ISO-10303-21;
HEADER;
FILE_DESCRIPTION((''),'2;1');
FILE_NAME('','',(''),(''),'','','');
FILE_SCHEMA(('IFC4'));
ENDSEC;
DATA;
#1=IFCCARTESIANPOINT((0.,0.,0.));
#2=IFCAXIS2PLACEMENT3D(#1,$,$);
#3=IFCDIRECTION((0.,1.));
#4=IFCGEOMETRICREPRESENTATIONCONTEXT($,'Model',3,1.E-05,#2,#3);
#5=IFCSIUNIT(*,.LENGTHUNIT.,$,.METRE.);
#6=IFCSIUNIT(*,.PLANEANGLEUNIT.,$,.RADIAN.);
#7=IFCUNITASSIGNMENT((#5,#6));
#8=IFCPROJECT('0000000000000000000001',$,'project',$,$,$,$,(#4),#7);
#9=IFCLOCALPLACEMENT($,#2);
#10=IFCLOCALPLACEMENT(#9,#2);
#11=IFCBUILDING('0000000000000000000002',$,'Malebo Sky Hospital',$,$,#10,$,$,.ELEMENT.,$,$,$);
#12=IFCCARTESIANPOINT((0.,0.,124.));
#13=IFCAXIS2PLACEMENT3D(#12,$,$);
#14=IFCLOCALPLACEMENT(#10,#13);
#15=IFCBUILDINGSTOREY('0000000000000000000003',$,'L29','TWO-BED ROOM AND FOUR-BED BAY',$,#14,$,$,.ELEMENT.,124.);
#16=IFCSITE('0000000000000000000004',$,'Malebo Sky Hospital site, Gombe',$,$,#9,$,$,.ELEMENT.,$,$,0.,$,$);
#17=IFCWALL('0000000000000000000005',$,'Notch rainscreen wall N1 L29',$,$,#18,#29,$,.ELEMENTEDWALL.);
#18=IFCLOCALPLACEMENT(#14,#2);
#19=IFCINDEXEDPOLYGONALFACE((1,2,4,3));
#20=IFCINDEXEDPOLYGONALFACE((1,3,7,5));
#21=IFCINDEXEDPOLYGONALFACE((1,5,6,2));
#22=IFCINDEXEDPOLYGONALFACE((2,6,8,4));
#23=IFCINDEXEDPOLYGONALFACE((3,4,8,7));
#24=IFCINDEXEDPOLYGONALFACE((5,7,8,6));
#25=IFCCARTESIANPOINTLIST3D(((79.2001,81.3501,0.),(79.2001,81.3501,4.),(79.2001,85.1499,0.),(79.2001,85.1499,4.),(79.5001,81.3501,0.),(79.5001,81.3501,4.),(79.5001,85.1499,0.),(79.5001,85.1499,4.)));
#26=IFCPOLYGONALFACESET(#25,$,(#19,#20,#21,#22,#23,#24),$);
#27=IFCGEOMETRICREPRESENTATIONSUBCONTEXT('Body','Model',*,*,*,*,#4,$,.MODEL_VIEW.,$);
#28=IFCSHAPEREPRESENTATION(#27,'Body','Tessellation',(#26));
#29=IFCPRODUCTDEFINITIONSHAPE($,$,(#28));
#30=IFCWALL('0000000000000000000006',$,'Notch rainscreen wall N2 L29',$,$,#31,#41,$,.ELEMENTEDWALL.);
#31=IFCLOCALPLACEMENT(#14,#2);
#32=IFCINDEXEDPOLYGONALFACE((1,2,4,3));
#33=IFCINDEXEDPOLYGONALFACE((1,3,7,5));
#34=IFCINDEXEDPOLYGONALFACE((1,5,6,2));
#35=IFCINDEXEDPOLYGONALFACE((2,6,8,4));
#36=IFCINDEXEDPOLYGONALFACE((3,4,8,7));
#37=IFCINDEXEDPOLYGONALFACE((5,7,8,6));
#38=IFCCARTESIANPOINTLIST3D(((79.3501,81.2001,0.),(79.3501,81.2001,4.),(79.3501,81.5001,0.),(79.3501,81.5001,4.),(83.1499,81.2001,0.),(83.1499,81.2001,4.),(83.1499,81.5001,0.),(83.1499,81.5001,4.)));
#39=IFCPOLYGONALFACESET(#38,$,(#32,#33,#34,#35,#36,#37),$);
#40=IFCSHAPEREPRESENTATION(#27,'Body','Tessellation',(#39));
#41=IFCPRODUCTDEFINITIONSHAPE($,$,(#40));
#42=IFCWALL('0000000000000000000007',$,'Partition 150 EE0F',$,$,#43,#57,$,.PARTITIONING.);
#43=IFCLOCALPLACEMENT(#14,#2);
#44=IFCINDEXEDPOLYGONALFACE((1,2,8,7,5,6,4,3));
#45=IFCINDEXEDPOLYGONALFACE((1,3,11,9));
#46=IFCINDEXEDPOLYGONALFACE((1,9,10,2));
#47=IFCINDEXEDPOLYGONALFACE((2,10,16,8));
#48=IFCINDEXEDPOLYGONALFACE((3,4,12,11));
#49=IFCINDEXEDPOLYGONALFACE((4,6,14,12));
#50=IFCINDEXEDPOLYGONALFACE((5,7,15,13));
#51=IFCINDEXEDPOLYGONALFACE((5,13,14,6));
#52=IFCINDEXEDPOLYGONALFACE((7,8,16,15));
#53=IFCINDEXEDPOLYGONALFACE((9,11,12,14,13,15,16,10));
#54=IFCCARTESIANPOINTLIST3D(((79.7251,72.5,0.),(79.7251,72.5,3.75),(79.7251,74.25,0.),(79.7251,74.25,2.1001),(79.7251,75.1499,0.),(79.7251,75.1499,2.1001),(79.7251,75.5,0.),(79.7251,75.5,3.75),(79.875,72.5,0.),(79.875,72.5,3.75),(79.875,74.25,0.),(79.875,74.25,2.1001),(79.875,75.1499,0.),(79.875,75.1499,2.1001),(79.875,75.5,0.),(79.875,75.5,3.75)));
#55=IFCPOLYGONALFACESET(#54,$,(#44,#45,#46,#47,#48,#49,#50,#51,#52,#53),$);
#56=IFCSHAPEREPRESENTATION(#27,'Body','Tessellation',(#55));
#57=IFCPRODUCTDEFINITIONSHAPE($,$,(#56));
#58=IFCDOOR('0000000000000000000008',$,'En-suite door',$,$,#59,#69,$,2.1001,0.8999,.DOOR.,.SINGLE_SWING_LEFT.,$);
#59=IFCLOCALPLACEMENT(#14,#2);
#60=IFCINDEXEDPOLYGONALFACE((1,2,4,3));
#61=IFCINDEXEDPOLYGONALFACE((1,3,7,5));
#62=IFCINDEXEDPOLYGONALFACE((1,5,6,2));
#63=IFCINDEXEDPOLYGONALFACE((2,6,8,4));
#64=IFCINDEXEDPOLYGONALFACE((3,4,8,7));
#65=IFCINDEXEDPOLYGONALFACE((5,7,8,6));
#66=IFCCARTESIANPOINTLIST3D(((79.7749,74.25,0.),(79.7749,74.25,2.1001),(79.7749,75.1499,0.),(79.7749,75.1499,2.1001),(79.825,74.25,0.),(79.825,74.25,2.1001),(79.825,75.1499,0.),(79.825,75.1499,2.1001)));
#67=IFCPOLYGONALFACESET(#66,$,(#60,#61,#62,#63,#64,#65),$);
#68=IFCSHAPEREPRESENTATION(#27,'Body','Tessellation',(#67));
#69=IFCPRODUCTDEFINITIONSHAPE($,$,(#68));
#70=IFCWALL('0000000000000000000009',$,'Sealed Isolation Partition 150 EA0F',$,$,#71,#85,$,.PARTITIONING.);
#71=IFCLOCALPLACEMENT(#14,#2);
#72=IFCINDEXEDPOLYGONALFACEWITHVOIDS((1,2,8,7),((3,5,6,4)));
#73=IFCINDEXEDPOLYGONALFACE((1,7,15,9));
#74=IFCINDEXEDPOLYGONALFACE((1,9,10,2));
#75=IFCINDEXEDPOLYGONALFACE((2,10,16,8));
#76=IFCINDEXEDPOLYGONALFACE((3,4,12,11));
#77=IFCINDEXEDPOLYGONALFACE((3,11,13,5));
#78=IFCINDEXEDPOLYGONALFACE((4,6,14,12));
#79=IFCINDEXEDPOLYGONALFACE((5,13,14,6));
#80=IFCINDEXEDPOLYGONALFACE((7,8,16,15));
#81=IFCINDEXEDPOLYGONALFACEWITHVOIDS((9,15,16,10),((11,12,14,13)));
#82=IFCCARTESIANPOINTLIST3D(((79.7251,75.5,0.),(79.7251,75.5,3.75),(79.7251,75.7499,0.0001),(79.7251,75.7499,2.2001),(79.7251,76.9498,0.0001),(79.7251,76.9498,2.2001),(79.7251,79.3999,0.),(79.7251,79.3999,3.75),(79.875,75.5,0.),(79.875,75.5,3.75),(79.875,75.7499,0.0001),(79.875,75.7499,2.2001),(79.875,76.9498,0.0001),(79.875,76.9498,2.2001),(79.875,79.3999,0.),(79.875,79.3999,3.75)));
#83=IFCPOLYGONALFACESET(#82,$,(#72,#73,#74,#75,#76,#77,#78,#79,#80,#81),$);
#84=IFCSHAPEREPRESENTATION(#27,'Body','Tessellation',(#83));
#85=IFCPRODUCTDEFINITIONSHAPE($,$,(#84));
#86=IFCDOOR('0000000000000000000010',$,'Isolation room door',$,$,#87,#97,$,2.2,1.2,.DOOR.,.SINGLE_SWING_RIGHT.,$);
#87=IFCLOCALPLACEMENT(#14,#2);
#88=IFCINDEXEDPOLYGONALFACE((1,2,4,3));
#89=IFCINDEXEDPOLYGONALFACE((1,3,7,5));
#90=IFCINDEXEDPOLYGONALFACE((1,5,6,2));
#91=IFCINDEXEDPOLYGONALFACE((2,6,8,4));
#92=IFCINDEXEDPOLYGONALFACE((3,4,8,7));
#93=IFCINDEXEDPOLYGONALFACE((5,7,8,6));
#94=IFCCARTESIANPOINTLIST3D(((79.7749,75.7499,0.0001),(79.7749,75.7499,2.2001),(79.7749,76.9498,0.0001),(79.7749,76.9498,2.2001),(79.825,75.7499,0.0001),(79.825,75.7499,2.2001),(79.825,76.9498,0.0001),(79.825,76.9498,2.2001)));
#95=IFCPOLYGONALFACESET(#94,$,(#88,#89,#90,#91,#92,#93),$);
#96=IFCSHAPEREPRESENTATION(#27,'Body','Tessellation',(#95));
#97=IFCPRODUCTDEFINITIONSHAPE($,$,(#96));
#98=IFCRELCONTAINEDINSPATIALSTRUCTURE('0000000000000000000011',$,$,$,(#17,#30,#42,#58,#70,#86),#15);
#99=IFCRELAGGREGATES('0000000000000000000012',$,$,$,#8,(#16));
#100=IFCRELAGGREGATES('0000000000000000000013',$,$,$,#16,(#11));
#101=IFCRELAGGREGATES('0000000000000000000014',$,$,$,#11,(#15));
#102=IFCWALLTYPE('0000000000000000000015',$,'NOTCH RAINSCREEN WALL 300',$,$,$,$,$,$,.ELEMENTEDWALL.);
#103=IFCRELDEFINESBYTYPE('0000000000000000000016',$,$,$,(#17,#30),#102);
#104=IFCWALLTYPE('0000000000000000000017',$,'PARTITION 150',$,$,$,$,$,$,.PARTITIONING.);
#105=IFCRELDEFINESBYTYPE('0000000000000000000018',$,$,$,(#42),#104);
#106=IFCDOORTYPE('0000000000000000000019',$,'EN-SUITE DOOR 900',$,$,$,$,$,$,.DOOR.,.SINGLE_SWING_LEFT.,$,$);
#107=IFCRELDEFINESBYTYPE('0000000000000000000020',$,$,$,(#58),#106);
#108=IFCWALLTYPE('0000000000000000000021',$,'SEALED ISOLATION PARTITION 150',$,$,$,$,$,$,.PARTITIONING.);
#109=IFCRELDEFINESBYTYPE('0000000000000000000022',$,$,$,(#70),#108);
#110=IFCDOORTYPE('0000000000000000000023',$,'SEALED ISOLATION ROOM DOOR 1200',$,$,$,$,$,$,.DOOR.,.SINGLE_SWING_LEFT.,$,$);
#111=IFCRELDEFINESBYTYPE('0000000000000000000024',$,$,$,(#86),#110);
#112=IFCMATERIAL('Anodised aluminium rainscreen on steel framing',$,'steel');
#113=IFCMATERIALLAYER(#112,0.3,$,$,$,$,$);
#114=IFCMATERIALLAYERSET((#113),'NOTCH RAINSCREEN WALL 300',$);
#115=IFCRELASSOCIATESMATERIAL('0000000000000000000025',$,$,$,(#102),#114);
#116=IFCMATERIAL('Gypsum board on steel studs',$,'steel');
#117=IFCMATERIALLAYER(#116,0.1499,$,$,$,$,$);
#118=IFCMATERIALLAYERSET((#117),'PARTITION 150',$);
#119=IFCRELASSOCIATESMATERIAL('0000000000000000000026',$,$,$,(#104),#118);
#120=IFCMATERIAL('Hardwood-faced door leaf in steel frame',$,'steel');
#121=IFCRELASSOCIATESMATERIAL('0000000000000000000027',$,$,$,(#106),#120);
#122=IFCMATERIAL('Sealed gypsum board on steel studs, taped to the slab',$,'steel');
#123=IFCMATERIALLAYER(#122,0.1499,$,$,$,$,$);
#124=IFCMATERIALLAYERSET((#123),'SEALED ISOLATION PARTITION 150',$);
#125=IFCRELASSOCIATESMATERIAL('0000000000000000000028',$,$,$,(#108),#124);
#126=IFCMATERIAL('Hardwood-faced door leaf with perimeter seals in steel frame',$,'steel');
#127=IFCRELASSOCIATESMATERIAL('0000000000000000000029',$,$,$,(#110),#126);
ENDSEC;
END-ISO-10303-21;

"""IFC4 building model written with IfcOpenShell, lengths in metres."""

from ifc_helpers import new_model, si_unit, direction, frame, frame_2d, origin, place, context, subcontext, project, spatial, rectangle, extrude, material, layer, layer_set, type_object, element, fill, save


model = new_model("IFC4")

# Units and contexts
model_context = context("Model", 3, precision=1e-05, world=origin(), true_north=direction((0.0, 1.0)))
body_context = subcontext(model_context, "Body", "Model", "MODEL_VIEW")
ifc_project = project(units=[si_unit("LENGTHUNIT", "METRE"), si_unit("PLANEANGLEUNIT", "RADIAN")], contexts=[model_context])

# Site, building, storey
site_placement = place(None, origin())
site = spatial("IfcSite", under=ifc_project, at=site_placement, Name="Malebo Sky Hospital site, Gombe", CompositionType="ELEMENT", RefElevation=0.0)
building_placement = place(site_placement, origin())
building = spatial("IfcBuilding", under=site, at=building_placement, Name="Malebo Sky Hospital", CompositionType="ELEMENT")
storey_placement = place(building_placement, frame((0.0, 0.0, 124.0)))
storey = spatial("IfcBuildingStorey", under=building, at=storey_placement, Name="L29", Description="TWO-BED ROOM AND FOUR-BED BAY", CompositionType="ELEMENT", Elevation=124.0)

# Walls
ifc_material_1 = material(Name="Anodised aluminium rainscreen on steel framing", Category="steel")
ifc_layer_1 = layer(ifc_material_1, 0.3)
ifc_layer_set_1 = layer_set([ifc_layer_1], Name="NOTCH RAINSCREEN WALL 300")
wall_type_1 = type_object("IfcWallType", Name="NOTCH RAINSCREEN WALL 300", PredefinedType="ELEMENTEDWALL", material=ifc_layer_set_1)
for number, where, z_axis, x_axis, name in (
    (1, (79.3501, 85.1499, 0.0), (0.0, 0.0, 1.0), (0.0, -1.0, 0.0), "Notch rainscreen wall N1 L29"),
    (2, (79.3501, 81.3501, 0.0), (0.0, 0.0, 1.0), (1.0, 0.0, 0.0), "Notch rainscreen wall N2 L29"),
):
    element("IfcWall", number, at=place(storey_placement, frame(where, z_axis=z_axis, x_axis=x_axis)), inside=storey, type_object=wall_type_1, Name=name, PredefinedType="ELEMENTEDWALL", context=body_context, shape_type="SweptSolid", body=[
        extrude(rectangle(XDim=3.7998, YDim=0.3, at=frame_2d((1.8999, 0.0))), origin(), (0.0, 0.0, 1.0), 4.0),
    ])

# Walls, openings, doors
ifc_material_2 = material(Name="Gypsum board on steel studs", Category="steel")
ifc_layer_2 = layer(ifc_material_2, 0.1499)
ifc_layer_set_2 = layer_set([ifc_layer_2], Name="PARTITION 150")
wall_type_2 = type_object("IfcWallType", Name="PARTITION 150", PredefinedType="PARTITIONING", material=ifc_layer_set_2)
wall_1_placement = place(storey_placement, frame((79.8, 75.5, 0.0), z_axis=(0.0, 0.0, 1.0), x_axis=(0.0, -1.0, 0.0)))
wall_1 = element("IfcWall", 3, at=wall_1_placement, inside=storey, type_object=wall_type_2, Name="Partition 150 EE0F", PredefinedType="PARTITIONING", context=body_context, shape_type="SweptSolid", body=[
    extrude(rectangle(XDim=3.0, YDim=0.1499, at=frame_2d((1.5, 0.0))), origin(), (0.0, 0.0, 1.0), 3.75),
])
opening_1_placement = place(wall_1_placement, frame((0.3501, 0.0, 0.0)))
opening_1 = element("IfcOpeningElement", 4, at=opening_1_placement, cuts=wall_1, PredefinedType="OPENING", context=body_context, shape_type="SweptSolid", body=[
    extrude(rectangle(XDim=0.8999, YDim=2.1001, at=frame_2d((0.45, 1.05))), frame((0.0, 0.085, 0.0), z_axis=(0.0, -1.0, 0.0), x_axis=(1.0, 0.0, 0.0)), (0.0, 0.0, 1.0), 0.1699),
])
ifc_material_3 = material(Name="Hardwood-faced door leaf in steel frame", Category="steel")
door_type_1 = type_object("IfcDoorType", Name="EN-SUITE DOOR 900", OperationType="SINGLE_SWING_LEFT", PredefinedType="DOOR", material=ifc_material_3)
door_1_placement = place(opening_1_placement, origin())
door_1 = element("IfcDoor", 5, at=door_1_placement, inside=storey, type_object=door_type_1, Name="En-suite door", OperationType="SINGLE_SWING_LEFT", OverallHeight=2.1001, OverallWidth=0.8999, PredefinedType="DOOR", context=body_context, shape_type="SweptSolid", body=[
    extrude(rectangle(XDim=0.8999, YDim=2.1001, at=frame_2d((0.45, 1.05))), frame((0.0, 0.0249, 0.0), z_axis=(0.0, -1.0, 0.0), x_axis=(1.0, 0.0, 0.0)), (0.0, 0.0, 1.0), 0.05),
])
fill(opening_1, door_1)
ifc_material_4 = material(Name="Sealed gypsum board on steel studs, taped to the slab", Category="steel")
ifc_layer_3 = layer(ifc_material_4, 0.1499)
ifc_layer_set_3 = layer_set([ifc_layer_3], Name="SEALED ISOLATION PARTITION 150")
wall_type_3 = type_object("IfcWallType", Name="SEALED ISOLATION PARTITION 150", PredefinedType="PARTITIONING", material=ifc_layer_set_3)
wall_2_placement = place(storey_placement, frame((79.8, 79.3999, 0.0), z_axis=(0.0, 0.0, 1.0), x_axis=(0.0, -1.0, 0.0)))
wall_2 = element("IfcWall", 6, at=wall_2_placement, inside=storey, type_object=wall_type_3, Name="Sealed Isolation Partition 150 EA0F", PredefinedType="PARTITIONING", context=body_context, shape_type="SweptSolid", body=[
    extrude(rectangle(XDim=3.8999, YDim=0.1499, at=frame_2d((1.95, 0.0))), origin(), (0.0, 0.0, 1.0), 3.75),
])
opening_2_placement = place(wall_2_placement, frame((2.45, 0.0, 0.0)))
opening_2 = element("IfcOpeningElement", 7, at=opening_2_placement, cuts=wall_2, PredefinedType="OPENING", context=body_context, shape_type="SweptSolid", body=[
    extrude(rectangle(XDim=1.2, YDim=2.2, at=frame_2d((0.6001, 1.1001))), frame((0.0, 0.085, 0.0), z_axis=(0.0, -1.0, 0.0), x_axis=(1.0, 0.0, 0.0)), (0.0, 0.0, 1.0), 0.1699),
])
ifc_material_5 = material(Name="Hardwood-faced door leaf with perimeter seals in steel frame", Category="steel")
door_type_2 = type_object("IfcDoorType", Name="SEALED ISOLATION ROOM DOOR 1200", OperationType="SINGLE_SWING_LEFT", PredefinedType="DOOR", material=ifc_material_5)
door_2_placement = place(opening_2_placement, origin())
door_2 = element("IfcDoor", 8, at=door_2_placement, inside=storey, type_object=door_type_2, Name="Isolation room door", OperationType="SINGLE_SWING_RIGHT", OverallHeight=2.2, OverallWidth=1.2, PredefinedType="DOOR", context=body_context, shape_type="SweptSolid", body=[
    extrude(rectangle(XDim=1.2, YDim=2.2, at=frame_2d((0.6001, 1.1001))), frame((0.0, 0.0249, 0.0), z_axis=(0.0, -1.0, 0.0), x_axis=(1.0, 0.0, 0.0)), (0.0, 0.0, 1.0), 0.05),
])
fill(opening_2, door_2)

save(model, "model.ifc")
